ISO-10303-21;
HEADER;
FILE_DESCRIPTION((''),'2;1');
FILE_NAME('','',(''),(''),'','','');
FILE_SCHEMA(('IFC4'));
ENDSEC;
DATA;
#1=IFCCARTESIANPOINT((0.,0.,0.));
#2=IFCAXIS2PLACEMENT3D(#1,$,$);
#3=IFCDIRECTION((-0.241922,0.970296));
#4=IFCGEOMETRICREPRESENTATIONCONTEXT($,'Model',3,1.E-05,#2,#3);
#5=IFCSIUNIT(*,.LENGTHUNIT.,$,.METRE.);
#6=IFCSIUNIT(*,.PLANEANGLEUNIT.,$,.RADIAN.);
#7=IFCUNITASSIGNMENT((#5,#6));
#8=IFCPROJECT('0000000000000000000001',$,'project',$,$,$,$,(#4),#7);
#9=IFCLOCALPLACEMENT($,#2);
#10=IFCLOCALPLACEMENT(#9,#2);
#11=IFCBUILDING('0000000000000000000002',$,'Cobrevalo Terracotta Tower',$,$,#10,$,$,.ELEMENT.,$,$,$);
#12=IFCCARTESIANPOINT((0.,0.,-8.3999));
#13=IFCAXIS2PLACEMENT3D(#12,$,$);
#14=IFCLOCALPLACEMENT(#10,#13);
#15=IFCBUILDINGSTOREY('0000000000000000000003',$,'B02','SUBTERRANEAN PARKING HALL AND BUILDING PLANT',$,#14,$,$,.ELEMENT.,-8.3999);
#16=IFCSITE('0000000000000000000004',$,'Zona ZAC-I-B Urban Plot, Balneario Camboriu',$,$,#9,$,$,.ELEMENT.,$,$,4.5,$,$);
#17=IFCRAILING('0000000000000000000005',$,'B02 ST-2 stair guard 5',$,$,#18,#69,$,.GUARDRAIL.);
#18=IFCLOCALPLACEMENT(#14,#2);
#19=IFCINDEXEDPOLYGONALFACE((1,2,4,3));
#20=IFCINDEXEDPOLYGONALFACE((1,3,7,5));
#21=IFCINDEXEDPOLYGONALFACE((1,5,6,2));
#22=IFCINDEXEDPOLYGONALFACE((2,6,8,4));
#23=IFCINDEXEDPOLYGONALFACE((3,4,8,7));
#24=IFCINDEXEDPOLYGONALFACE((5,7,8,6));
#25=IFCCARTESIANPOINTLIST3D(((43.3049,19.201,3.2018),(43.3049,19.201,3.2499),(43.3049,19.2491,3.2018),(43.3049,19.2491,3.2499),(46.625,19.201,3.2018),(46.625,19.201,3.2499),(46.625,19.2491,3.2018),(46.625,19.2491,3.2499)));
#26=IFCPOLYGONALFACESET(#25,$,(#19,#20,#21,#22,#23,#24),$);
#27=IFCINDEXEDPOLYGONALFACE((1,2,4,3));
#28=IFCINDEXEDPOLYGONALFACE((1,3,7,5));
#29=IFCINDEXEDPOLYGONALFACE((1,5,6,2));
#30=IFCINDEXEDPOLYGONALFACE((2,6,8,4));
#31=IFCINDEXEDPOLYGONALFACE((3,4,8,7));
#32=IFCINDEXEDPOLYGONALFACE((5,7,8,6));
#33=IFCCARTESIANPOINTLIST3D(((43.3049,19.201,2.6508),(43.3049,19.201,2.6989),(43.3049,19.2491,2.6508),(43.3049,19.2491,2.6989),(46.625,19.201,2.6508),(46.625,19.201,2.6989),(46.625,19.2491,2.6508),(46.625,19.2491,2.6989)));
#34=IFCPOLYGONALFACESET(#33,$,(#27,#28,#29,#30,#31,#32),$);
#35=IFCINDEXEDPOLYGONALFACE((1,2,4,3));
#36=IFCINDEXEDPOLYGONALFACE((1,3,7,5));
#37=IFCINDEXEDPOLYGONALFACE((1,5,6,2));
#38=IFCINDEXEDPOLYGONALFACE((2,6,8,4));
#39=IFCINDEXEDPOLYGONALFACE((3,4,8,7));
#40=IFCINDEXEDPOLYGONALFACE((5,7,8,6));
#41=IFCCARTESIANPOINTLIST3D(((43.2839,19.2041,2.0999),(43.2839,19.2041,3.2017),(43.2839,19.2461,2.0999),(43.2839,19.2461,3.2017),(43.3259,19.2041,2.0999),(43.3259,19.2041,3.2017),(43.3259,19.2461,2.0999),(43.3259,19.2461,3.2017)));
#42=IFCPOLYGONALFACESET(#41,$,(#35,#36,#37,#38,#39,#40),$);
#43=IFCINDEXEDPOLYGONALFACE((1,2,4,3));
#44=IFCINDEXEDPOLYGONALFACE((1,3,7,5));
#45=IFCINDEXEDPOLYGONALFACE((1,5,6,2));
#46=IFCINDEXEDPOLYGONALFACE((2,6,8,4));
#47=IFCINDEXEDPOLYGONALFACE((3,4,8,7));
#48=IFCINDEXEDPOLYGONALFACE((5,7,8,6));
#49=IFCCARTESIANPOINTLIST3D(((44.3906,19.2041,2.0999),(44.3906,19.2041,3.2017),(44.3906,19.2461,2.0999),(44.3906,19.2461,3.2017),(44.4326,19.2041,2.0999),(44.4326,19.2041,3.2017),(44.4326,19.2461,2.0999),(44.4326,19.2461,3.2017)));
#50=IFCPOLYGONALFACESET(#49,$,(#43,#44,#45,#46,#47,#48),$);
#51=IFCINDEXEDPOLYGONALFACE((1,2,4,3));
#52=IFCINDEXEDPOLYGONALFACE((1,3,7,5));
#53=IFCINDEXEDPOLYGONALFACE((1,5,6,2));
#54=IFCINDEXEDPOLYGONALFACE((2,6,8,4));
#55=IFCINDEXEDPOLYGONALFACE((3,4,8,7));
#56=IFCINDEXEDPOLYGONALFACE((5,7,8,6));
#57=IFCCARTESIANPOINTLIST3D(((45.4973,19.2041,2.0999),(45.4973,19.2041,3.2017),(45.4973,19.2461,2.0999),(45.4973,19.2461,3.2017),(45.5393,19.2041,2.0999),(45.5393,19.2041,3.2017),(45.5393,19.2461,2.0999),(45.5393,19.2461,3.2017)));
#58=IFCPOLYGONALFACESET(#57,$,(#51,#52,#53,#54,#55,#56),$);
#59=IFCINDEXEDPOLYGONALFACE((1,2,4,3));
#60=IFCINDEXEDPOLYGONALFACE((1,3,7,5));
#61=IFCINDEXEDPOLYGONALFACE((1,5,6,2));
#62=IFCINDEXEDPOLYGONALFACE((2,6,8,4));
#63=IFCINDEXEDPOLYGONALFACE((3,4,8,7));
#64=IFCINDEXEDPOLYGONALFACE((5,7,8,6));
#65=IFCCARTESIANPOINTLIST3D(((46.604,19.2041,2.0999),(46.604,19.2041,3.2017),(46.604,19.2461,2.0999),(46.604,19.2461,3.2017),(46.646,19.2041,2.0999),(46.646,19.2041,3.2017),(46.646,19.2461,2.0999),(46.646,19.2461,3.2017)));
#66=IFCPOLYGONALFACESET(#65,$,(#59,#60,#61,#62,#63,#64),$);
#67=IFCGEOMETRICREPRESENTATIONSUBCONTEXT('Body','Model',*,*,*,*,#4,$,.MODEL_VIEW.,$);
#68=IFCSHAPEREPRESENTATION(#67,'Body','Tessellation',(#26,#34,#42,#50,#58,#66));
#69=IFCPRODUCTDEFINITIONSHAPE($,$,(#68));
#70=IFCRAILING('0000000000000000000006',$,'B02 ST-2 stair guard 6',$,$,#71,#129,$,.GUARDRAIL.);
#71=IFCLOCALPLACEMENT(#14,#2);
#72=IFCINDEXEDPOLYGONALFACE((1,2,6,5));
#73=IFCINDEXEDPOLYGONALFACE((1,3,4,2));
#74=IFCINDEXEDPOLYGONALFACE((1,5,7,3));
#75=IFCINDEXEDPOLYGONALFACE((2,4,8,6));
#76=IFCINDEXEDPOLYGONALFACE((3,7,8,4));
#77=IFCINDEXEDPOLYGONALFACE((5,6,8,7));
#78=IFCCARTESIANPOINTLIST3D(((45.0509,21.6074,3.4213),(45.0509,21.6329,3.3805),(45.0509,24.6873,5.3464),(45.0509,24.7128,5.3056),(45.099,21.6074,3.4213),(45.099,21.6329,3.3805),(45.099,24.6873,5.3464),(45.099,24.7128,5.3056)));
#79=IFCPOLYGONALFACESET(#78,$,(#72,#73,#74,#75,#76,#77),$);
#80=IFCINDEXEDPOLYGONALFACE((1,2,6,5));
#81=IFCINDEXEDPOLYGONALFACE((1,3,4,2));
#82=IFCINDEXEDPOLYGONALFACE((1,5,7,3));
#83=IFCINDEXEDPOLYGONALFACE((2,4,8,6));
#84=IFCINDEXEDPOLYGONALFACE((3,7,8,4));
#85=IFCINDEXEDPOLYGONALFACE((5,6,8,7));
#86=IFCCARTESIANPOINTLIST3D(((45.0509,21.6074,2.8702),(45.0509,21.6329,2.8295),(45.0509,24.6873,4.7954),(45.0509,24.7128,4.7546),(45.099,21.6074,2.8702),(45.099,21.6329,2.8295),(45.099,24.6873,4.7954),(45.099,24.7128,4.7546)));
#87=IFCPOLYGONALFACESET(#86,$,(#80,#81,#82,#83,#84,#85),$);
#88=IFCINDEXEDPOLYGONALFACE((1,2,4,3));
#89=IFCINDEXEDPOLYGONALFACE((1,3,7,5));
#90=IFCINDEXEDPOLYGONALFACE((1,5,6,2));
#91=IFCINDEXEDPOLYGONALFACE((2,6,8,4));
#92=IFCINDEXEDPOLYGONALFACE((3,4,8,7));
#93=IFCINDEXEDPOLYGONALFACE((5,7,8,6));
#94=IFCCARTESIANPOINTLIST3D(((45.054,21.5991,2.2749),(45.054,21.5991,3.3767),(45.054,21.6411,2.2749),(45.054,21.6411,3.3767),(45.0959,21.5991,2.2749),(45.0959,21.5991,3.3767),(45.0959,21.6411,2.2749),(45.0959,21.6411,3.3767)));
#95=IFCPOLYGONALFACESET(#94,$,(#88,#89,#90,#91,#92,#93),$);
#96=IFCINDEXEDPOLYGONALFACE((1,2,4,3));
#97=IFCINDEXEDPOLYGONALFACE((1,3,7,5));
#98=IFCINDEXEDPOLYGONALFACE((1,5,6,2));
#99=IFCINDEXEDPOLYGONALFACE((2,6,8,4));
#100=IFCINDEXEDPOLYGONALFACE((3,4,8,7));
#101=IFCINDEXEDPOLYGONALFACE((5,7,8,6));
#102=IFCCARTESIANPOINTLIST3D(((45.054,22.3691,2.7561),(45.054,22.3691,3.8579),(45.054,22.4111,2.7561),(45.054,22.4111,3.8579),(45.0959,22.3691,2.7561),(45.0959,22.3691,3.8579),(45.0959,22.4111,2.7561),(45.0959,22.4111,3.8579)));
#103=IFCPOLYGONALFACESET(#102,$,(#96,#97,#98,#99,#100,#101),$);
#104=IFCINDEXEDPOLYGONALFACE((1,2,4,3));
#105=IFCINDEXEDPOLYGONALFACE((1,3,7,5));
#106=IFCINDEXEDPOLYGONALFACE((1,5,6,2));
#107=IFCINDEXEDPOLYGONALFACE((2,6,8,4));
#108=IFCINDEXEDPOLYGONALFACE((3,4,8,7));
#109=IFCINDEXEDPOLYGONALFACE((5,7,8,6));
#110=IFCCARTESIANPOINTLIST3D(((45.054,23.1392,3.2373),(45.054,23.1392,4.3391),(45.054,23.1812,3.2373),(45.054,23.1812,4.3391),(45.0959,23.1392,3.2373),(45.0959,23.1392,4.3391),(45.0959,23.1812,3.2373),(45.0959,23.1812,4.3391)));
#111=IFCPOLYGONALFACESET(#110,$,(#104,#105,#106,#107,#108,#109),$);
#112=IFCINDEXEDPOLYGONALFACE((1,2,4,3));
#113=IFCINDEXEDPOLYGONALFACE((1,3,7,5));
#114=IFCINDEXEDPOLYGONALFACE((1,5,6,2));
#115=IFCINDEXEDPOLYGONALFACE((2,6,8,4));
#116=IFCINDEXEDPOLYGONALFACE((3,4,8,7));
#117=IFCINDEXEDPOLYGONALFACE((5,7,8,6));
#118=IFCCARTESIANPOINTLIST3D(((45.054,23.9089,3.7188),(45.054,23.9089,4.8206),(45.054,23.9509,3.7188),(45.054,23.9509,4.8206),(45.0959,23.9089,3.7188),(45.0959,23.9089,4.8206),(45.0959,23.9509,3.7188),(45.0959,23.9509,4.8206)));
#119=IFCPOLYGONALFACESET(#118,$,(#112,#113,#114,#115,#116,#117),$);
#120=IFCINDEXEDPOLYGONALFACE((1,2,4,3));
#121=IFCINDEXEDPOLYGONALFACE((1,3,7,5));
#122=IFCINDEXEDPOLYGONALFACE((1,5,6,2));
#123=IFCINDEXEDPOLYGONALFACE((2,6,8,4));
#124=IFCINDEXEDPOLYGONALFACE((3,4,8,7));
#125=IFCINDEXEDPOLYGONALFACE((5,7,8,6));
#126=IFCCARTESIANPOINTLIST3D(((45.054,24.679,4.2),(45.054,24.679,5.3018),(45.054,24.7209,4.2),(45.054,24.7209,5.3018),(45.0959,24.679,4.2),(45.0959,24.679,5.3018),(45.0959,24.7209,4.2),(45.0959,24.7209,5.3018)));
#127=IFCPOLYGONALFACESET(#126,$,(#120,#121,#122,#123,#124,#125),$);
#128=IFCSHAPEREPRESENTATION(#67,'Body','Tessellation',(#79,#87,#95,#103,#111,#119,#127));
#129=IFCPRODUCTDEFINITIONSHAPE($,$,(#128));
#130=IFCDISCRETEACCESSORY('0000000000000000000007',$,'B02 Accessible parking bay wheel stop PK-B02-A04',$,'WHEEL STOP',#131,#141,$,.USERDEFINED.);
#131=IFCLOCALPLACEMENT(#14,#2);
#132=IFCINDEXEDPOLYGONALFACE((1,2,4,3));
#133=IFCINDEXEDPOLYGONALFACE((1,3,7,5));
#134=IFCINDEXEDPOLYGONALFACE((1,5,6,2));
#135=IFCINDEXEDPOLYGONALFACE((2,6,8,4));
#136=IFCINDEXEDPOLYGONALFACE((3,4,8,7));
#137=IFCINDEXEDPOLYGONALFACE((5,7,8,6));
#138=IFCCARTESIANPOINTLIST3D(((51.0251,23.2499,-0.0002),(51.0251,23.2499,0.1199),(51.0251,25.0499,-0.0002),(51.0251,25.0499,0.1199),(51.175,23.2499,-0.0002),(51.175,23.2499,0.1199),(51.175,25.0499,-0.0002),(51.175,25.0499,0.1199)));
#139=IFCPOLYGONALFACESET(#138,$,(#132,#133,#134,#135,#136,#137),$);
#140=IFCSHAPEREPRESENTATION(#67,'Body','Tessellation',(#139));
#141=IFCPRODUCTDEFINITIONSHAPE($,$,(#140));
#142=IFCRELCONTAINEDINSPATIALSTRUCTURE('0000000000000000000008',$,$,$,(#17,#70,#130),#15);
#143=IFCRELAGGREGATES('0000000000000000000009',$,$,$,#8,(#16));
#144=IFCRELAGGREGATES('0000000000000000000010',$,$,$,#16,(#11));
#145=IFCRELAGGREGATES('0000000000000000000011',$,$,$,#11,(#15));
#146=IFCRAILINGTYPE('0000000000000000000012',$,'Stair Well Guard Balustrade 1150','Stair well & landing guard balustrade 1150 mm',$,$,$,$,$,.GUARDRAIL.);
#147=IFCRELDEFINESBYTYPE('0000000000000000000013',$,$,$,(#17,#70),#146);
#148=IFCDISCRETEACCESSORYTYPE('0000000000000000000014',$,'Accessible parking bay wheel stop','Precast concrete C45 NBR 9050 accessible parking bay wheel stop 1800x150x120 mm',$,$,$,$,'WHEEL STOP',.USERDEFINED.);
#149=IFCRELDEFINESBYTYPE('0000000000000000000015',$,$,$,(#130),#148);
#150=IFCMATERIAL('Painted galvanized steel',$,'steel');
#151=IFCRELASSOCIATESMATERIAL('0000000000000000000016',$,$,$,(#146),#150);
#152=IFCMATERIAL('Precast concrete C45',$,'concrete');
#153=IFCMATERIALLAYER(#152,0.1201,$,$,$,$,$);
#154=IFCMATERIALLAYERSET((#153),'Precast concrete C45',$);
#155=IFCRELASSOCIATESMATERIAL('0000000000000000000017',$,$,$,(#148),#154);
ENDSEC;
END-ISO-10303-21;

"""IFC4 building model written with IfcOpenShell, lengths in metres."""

from ifc_helpers import new_model, si_unit, direction, frame, origin, origin_2d, place, context, subcontext, project, spatial, rectangle, extrude, source, transform, mapped, material, layer, layer_set, type_object, element, save


model = new_model("IFC4")

# Units and contexts
model_context = context("Model", 3, precision=1e-05, world=origin(), true_north=direction((-0.241922, 0.970296)))
body_context = subcontext(model_context, "Body", "Model", "MODEL_VIEW")
ifc_project = project(units=[si_unit("LENGTHUNIT", "METRE"), si_unit("PLANEANGLEUNIT", "RADIAN")], contexts=[model_context])

# Site, building, storey
site_placement = place(None, origin())
site = spatial("IfcSite", under=ifc_project, at=site_placement, Name="Zona ZAC-I-B Urban Plot, Balneario Camboriu", CompositionType="ELEMENT", RefElevation=4.5)
building_placement = place(site_placement, origin())
building = spatial("IfcBuilding", under=site, at=building_placement, Name="Cobrevalo Terracotta Tower", CompositionType="ELEMENT")
storey_placement = place(building_placement, frame((0.0, 0.0, -8.3999)))
storey = spatial("IfcBuildingStorey", under=building, at=storey_placement, Name="B02", Description="SUBTERRANEAN PARKING HALL AND BUILDING PLANT", CompositionType="ELEMENT", Elevation=-8.3999)

# Railings
ifc_material_1 = material(Name="Painted galvanized steel", Category="steel")
railing_type_1 = type_object("IfcRailingType", Name="Stair Well Guard Balustrade 1150", Description="Stair well & landing guard balustrade 1150 mm", PredefinedType="GUARDRAIL", material=ifc_material_1)
railing_1_placement = place(storey_placement, frame((43.3049, 19.2251, 2.0999)))
element("IfcRailing", 1, at=railing_1_placement, inside=storey, type_object=railing_type_1, Name="B02 ST-2 stair guard 5", PredefinedType="GUARDRAIL", context=body_context, shape_type="SweptSolid", body=[
    extrude(rectangle(XDim=0.0481, YDim=0.0481, at=origin_2d()), frame((0.0, 0.0, 1.126), z_axis=(1.0, 0.0, 0.0), x_axis=(0.0, 1.0, 0.0)), (0.0, 0.0, 1.0), 3.3201),
    extrude(rectangle(XDim=0.0481, YDim=0.0481, at=origin_2d()), frame((0.0, 0.0, 0.575), z_axis=(1.0, 0.0, 0.0), x_axis=(0.0, 1.0, 0.0)), (0.0, 0.0, 1.0), 3.3201),
    extrude(rectangle(XDim=0.042, YDim=0.042, at=origin_2d()), origin(), (0.0, 0.0, 1.0), 1.1018),
    extrude(rectangle(XDim=0.042, YDim=0.042, at=origin_2d()), frame((1.1067, 0.0, 0.0)), (0.0, 0.0, 1.0), 1.1018),
    extrude(rectangle(XDim=0.042, YDim=0.042, at=origin_2d()), frame((2.2134, 0.0, 0.0)), (0.0, 0.0, 1.0), 1.1018),
    extrude(rectangle(XDim=0.042, YDim=0.042, at=origin_2d()), frame((3.3201, 0.0, 0.0)), (0.0, 0.0, 1.0), 1.1018),
])
railing_2_placement = place(storey_placement, frame((45.075, 21.6201, 2.2749)))
element("IfcRailing", 2, at=railing_2_placement, inside=storey, type_object=railing_type_1, Name="B02 ST-2 stair guard 6", PredefinedType="GUARDRAIL", context=body_context, shape_type="SweptSolid", body=[
    extrude(rectangle(XDim=0.0481, YDim=0.0481, at=origin_2d()), frame((0.0, 0.0, 1.126), z_axis=(0.0, 0.847979, 0.530029), x_axis=(-1.0, 0.0, 0.0)), (0.0, 0.0, 1.0), 3.6321),
    extrude(rectangle(XDim=0.0481, YDim=0.0481, at=origin_2d()), frame((0.0, 0.0, 0.575), z_axis=(0.0, 0.847979, 0.530029), x_axis=(-1.0, 0.0, 0.0)), (0.0, 0.0, 1.0), 3.6321),
    extrude(rectangle(XDim=0.042, YDim=0.042, at=origin_2d()), origin(), (0.0, 0.0, 1.0), 1.1018),
    extrude(rectangle(XDim=0.042, YDim=0.042, at=origin_2d()), frame((0.0, 0.77, 0.4812)), (0.0, 0.0, 1.0), 1.1018),
    extrude(rectangle(XDim=0.042, YDim=0.042, at=origin_2d()), frame((0.0, 1.54, 0.9624)), (0.0, 0.0, 1.0), 1.1018),
    extrude(rectangle(XDim=0.042, YDim=0.042, at=origin_2d()), frame((0.0, 2.3098, 1.4438)), (0.0, 0.0, 1.0), 1.1018),
    extrude(rectangle(XDim=0.042, YDim=0.042, at=origin_2d()), frame((0.0, 3.0798, 1.925)), (0.0, 0.0, 1.0), 1.1018),
])

# Discrete accessory
ifc_material_2 = material(Name="Precast concrete C45", Category="concrete")
ifc_layer_1 = layer(ifc_material_2, 0.1201)
ifc_layer_set_1 = layer_set([ifc_layer_1], Name="Precast concrete C45")
discrete_accessory_type = type_object("IfcDiscreteAccessoryType", Name="Accessible parking bay wheel stop", Description="Precast concrete C45 NBR 9050 accessible parking bay wheel stop 1800x150x120 mm", ElementType="WHEEL STOP", PredefinedType="USERDEFINED", material=ifc_layer_set_1)
shared_shape_1 = source(origin(), body_context, "Body", "SweptSolid", [
    extrude(rectangle(XDim=1.8, YDim=0.1499, at=origin_2d()), origin(), (0.0, 0.0, 1.0), 0.1201),
])
discrete_accessory_placement = place(storey_placement, frame((51.1001, 24.1499, -0.0002), z_axis=(0.0, 0.0, 1.0), x_axis=(0.0, 1.0, 0.0)))
element("IfcDiscreteAccessory", 3, at=discrete_accessory_placement, inside=storey, type_object=discrete_accessory_type, Name="B02 Accessible parking bay wheel stop PK-B02-A04", ObjectType="WHEEL STOP", PredefinedType="USERDEFINED", context=body_context, shape_type="MappedRepresentation", body=[
    mapped(shared_shape_1, transform((0.0, 0.0, 0.0), scale=1.0)),
])

save(model, "model.ifc")
